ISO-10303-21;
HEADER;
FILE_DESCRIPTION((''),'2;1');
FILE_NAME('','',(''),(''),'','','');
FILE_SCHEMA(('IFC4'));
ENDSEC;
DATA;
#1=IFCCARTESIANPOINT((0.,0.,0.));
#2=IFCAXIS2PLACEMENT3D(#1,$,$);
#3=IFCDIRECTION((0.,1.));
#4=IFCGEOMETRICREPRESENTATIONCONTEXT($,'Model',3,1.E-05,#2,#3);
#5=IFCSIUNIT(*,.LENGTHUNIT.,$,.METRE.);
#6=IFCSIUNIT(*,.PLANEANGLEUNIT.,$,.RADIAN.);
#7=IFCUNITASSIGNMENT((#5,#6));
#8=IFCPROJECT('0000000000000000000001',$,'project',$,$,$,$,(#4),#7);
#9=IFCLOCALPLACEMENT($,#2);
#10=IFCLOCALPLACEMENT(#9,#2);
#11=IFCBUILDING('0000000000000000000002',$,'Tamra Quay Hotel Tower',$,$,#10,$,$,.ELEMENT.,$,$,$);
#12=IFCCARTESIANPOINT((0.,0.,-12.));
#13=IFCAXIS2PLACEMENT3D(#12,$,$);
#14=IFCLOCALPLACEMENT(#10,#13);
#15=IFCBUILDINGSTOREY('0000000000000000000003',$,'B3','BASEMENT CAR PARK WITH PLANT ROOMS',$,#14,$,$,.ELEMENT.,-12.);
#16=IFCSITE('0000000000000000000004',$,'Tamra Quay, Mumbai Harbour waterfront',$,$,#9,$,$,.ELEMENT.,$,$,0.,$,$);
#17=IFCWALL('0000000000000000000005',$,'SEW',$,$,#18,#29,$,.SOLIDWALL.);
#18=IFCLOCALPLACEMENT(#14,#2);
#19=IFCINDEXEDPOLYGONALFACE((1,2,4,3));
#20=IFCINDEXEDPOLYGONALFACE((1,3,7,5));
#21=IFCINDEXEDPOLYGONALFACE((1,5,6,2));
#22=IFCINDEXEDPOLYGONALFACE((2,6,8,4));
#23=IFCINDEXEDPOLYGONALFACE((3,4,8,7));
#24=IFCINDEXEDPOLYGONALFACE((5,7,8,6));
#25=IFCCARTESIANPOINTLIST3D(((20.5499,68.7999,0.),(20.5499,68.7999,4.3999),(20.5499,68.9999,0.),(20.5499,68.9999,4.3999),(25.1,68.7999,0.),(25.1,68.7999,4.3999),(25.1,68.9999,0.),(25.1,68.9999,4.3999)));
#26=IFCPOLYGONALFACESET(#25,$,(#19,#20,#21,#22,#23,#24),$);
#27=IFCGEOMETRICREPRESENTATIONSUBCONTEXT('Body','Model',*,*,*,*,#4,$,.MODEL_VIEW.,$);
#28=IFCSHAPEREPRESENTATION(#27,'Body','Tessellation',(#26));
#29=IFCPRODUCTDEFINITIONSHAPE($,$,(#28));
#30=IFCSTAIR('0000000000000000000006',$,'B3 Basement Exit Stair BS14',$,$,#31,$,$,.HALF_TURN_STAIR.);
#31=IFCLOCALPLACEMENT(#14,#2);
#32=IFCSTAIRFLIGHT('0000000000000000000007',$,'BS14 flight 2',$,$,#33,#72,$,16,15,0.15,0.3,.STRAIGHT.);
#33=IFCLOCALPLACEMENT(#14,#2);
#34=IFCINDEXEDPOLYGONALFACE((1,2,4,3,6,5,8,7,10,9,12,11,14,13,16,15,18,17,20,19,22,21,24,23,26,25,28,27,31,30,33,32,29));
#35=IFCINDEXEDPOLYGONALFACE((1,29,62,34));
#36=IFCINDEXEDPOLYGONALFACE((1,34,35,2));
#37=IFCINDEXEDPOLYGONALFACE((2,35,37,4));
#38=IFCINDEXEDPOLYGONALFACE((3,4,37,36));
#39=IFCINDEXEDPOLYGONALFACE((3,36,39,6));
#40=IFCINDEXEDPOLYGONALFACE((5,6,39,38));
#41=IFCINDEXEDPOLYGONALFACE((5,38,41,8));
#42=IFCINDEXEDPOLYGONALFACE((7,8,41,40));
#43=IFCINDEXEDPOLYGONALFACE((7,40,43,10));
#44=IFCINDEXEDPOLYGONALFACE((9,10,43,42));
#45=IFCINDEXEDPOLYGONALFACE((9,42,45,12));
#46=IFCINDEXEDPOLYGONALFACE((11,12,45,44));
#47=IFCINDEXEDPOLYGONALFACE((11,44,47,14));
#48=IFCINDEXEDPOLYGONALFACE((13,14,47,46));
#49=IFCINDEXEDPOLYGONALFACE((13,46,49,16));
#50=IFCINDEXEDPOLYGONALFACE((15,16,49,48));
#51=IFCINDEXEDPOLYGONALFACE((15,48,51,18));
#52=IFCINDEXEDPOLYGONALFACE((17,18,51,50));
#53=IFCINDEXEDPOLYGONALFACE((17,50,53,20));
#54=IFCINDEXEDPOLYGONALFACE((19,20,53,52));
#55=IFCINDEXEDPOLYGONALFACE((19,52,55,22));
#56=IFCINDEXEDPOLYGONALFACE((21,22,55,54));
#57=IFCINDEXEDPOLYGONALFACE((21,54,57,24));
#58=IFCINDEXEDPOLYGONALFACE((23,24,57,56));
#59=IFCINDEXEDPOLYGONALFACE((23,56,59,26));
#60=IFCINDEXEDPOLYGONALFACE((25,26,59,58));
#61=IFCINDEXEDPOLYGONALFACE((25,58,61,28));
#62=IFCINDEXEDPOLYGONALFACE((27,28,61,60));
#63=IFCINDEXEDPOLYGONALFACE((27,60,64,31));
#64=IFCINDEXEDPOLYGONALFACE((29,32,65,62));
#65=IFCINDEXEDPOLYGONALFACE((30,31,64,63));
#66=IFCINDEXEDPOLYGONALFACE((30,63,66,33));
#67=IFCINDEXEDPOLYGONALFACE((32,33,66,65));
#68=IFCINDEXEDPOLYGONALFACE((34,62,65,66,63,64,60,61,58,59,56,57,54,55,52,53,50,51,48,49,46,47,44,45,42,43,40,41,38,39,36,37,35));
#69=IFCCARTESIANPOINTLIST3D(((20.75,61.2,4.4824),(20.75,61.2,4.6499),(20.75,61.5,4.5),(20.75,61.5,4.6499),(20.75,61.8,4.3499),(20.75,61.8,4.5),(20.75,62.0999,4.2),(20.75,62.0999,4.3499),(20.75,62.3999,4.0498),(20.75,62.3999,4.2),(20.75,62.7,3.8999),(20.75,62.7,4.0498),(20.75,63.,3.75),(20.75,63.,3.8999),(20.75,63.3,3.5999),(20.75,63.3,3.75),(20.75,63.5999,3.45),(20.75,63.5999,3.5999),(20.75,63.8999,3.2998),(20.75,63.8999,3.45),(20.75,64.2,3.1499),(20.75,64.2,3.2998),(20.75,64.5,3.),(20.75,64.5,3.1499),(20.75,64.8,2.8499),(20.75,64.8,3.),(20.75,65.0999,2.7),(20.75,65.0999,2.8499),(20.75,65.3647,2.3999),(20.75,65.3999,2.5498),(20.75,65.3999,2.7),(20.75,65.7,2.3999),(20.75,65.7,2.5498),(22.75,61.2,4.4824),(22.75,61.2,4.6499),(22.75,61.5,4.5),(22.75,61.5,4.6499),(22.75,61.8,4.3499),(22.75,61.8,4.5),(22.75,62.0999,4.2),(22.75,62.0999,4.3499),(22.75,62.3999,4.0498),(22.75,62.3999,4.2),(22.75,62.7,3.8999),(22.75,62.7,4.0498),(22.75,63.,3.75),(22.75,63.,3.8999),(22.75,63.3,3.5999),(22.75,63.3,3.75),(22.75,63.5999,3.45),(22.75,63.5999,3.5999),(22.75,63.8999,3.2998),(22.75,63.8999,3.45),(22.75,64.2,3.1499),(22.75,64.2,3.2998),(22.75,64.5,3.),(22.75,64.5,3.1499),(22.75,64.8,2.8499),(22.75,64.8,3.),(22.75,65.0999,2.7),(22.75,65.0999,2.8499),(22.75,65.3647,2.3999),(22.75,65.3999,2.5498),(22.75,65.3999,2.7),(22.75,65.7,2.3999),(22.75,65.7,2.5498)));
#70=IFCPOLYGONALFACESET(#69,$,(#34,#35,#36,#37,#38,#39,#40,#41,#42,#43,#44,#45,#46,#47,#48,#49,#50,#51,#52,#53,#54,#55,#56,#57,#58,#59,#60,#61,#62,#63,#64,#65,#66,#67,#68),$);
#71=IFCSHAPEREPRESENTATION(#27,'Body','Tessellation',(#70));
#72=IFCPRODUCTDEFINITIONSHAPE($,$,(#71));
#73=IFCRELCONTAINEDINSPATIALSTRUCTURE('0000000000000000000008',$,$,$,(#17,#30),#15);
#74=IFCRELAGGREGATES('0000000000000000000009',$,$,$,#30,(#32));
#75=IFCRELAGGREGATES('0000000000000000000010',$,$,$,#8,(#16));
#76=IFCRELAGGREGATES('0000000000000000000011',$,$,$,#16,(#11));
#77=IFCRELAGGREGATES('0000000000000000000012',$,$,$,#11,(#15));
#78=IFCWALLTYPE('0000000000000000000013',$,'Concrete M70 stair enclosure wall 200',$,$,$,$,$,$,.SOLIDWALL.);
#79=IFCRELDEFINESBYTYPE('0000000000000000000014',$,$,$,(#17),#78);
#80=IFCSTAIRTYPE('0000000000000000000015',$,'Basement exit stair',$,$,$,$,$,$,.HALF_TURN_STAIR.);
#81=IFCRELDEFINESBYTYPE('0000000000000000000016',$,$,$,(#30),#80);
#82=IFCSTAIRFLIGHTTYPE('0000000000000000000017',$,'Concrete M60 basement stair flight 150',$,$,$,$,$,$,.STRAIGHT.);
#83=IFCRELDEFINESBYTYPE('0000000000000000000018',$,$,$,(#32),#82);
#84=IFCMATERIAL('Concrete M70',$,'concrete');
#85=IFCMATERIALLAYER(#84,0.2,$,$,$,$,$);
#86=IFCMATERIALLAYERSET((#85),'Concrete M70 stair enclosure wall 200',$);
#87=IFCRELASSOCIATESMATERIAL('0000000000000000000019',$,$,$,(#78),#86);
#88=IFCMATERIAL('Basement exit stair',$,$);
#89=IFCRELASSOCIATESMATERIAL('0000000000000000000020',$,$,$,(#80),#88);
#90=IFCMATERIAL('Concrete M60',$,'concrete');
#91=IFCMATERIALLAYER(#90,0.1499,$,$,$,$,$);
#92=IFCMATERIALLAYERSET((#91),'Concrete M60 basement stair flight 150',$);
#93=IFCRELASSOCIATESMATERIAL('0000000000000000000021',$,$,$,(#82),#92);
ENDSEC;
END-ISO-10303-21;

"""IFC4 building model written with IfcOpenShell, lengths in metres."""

from ifc_helpers import new_model, si_unit, direction, frame, frame_2d, origin, place, context, subcontext, project, spatial, polyline, rectangle, outline, extrude, material, layer, layer_set, type_object, element, aggregate, save


model = new_model("IFC4")

# Units and contexts
model_context = context("Model", 3, precision=1e-05, world=origin(), true_north=direction((0.0, 1.0)))
body_context = subcontext(model_context, "Body", "Model", "MODEL_VIEW")
ifc_project = project(units=[si_unit("LENGTHUNIT", "METRE"), si_unit("PLANEANGLEUNIT", "RADIAN")], contexts=[model_context])

# Site, building, storey
site_placement = place(None, origin())
site = spatial("IfcSite", under=ifc_project, at=site_placement, Name="Tamra Quay, Mumbai Harbour waterfront", CompositionType="ELEMENT", RefElevation=0.0)
building_placement = place(site_placement, origin())
building = spatial("IfcBuilding", under=site, at=building_placement, Name="Tamra Quay Hotel Tower", CompositionType="ELEMENT")
storey_placement = place(building_placement, frame((0.0, 0.0, -12.0)))
storey = spatial("IfcBuildingStorey", under=building, at=storey_placement, Name="B3", Description="BASEMENT CAR PARK WITH PLANT ROOMS", CompositionType="ELEMENT", Elevation=-12.0)

# Shared definitions
ifc_material_1 = material(Name="Concrete M70", Category="concrete")

# Wall
ifc_layer_1 = layer(ifc_material_1, 0.2)
ifc_layer_set_1 = layer_set([ifc_layer_1], Name="Concrete M70 stair enclosure wall 200")
wall_type_1 = type_object("IfcWallType", Name="Concrete M70 stair enclosure wall 200", PredefinedType="SOLIDWALL", material=ifc_layer_set_1)
wall_1_placement = place(storey_placement, frame((20.55, 68.8999, 0.0), z_axis=(0.0, 0.0, 1.0), x_axis=(1.0, 0.0, 0.0)))
element("IfcWall", 1, at=wall_1_placement, inside=storey, type_object=wall_type_1, Name="SEW", PredefinedType="SOLIDWALL", context=body_context, shape_type="SweptSolid", body=[
    extrude(rectangle(XDim=4.55, YDim=0.2, at=frame_2d((2.2749, 0.0))), origin(), (0.0, 0.0, 1.0), 4.3999),
])

# Stair, stair flight
ifc_material_2 = material(Name="Basement exit stair")
stair_type = type_object("IfcStairType", Name="Basement exit stair", PredefinedType="HALF_TURN_STAIR", material=ifc_material_2)
stair_placement = place(storey_placement, origin())
stair = element("IfcStair", 2, at=stair_placement, inside=storey, type_object=stair_type, Name="B3 Basement Exit Stair BS14", PredefinedType="HALF_TURN_STAIR")
ifc_material_3 = material(Name="Concrete M60", Category="concrete")
ifc_layer_2 = layer(ifc_material_3, 0.1499)
ifc_layer_set_2 = layer_set([ifc_layer_2], Name="Concrete M60 basement stair flight 150")
stair_flight_type = type_object("IfcStairFlightType", Name="Concrete M60 basement stair flight 150", PredefinedType="STRAIGHT", material=ifc_layer_set_2)
stair_flight_placement = place(storey_placement, frame((21.75, 65.7, 2.3999), z_axis=(0.0, 0.0, 1.0), x_axis=(0.0, -1.0, 0.0)))
stair_flight = element("IfcStairFlight", 3, at=stair_flight_placement, type_object=stair_flight_type, Name="BS14 flight 2", NumberOfRisers=16, NumberOfTreads=15, PredefinedType="STRAIGHT", RiserHeight=0.15, TreadLength=0.3, context=body_context, shape_type="SweptSolid", body=[
    extrude(outline(polyline([(0.0, 0.0), (0.0, 0.1499), (0.3, 0.1499), (0.3, 0.3), (0.6001, 0.3), (0.6001, 0.45), (0.8999, 0.45), (0.8999, 0.6001), (1.2, 0.6001), (1.2, 0.75), (1.5, 0.75), (1.5, 0.8999), (1.8, 0.8999), (1.8, 1.05), (2.1001, 1.05), (2.1001, 1.2), (2.3999, 1.2), (2.3999, 1.3501), (2.7, 1.3501), (2.7, 1.5), (3.0, 1.5), (3.0, 1.6499), (3.3, 1.6499), (3.3, 1.8), (3.6001, 1.8), (3.6001, 1.95), (3.8999, 1.95), (3.8999, 2.1001), (4.2, 2.1001), (4.2, 2.25), (4.5, 2.25), (4.5, 2.3999), (4.5, 2.0825), (0.3352, 0.0), (0.0, 0.0)])), frame((0.0, 1.0, 0.0), z_axis=(0.0, -1.0, 0.0), x_axis=(1.0, 0.0, 0.0)), (0.0, 0.0, 1.0), 2.0),
])
aggregate(stair, [stair_flight])

save(model, "model.ifc")
